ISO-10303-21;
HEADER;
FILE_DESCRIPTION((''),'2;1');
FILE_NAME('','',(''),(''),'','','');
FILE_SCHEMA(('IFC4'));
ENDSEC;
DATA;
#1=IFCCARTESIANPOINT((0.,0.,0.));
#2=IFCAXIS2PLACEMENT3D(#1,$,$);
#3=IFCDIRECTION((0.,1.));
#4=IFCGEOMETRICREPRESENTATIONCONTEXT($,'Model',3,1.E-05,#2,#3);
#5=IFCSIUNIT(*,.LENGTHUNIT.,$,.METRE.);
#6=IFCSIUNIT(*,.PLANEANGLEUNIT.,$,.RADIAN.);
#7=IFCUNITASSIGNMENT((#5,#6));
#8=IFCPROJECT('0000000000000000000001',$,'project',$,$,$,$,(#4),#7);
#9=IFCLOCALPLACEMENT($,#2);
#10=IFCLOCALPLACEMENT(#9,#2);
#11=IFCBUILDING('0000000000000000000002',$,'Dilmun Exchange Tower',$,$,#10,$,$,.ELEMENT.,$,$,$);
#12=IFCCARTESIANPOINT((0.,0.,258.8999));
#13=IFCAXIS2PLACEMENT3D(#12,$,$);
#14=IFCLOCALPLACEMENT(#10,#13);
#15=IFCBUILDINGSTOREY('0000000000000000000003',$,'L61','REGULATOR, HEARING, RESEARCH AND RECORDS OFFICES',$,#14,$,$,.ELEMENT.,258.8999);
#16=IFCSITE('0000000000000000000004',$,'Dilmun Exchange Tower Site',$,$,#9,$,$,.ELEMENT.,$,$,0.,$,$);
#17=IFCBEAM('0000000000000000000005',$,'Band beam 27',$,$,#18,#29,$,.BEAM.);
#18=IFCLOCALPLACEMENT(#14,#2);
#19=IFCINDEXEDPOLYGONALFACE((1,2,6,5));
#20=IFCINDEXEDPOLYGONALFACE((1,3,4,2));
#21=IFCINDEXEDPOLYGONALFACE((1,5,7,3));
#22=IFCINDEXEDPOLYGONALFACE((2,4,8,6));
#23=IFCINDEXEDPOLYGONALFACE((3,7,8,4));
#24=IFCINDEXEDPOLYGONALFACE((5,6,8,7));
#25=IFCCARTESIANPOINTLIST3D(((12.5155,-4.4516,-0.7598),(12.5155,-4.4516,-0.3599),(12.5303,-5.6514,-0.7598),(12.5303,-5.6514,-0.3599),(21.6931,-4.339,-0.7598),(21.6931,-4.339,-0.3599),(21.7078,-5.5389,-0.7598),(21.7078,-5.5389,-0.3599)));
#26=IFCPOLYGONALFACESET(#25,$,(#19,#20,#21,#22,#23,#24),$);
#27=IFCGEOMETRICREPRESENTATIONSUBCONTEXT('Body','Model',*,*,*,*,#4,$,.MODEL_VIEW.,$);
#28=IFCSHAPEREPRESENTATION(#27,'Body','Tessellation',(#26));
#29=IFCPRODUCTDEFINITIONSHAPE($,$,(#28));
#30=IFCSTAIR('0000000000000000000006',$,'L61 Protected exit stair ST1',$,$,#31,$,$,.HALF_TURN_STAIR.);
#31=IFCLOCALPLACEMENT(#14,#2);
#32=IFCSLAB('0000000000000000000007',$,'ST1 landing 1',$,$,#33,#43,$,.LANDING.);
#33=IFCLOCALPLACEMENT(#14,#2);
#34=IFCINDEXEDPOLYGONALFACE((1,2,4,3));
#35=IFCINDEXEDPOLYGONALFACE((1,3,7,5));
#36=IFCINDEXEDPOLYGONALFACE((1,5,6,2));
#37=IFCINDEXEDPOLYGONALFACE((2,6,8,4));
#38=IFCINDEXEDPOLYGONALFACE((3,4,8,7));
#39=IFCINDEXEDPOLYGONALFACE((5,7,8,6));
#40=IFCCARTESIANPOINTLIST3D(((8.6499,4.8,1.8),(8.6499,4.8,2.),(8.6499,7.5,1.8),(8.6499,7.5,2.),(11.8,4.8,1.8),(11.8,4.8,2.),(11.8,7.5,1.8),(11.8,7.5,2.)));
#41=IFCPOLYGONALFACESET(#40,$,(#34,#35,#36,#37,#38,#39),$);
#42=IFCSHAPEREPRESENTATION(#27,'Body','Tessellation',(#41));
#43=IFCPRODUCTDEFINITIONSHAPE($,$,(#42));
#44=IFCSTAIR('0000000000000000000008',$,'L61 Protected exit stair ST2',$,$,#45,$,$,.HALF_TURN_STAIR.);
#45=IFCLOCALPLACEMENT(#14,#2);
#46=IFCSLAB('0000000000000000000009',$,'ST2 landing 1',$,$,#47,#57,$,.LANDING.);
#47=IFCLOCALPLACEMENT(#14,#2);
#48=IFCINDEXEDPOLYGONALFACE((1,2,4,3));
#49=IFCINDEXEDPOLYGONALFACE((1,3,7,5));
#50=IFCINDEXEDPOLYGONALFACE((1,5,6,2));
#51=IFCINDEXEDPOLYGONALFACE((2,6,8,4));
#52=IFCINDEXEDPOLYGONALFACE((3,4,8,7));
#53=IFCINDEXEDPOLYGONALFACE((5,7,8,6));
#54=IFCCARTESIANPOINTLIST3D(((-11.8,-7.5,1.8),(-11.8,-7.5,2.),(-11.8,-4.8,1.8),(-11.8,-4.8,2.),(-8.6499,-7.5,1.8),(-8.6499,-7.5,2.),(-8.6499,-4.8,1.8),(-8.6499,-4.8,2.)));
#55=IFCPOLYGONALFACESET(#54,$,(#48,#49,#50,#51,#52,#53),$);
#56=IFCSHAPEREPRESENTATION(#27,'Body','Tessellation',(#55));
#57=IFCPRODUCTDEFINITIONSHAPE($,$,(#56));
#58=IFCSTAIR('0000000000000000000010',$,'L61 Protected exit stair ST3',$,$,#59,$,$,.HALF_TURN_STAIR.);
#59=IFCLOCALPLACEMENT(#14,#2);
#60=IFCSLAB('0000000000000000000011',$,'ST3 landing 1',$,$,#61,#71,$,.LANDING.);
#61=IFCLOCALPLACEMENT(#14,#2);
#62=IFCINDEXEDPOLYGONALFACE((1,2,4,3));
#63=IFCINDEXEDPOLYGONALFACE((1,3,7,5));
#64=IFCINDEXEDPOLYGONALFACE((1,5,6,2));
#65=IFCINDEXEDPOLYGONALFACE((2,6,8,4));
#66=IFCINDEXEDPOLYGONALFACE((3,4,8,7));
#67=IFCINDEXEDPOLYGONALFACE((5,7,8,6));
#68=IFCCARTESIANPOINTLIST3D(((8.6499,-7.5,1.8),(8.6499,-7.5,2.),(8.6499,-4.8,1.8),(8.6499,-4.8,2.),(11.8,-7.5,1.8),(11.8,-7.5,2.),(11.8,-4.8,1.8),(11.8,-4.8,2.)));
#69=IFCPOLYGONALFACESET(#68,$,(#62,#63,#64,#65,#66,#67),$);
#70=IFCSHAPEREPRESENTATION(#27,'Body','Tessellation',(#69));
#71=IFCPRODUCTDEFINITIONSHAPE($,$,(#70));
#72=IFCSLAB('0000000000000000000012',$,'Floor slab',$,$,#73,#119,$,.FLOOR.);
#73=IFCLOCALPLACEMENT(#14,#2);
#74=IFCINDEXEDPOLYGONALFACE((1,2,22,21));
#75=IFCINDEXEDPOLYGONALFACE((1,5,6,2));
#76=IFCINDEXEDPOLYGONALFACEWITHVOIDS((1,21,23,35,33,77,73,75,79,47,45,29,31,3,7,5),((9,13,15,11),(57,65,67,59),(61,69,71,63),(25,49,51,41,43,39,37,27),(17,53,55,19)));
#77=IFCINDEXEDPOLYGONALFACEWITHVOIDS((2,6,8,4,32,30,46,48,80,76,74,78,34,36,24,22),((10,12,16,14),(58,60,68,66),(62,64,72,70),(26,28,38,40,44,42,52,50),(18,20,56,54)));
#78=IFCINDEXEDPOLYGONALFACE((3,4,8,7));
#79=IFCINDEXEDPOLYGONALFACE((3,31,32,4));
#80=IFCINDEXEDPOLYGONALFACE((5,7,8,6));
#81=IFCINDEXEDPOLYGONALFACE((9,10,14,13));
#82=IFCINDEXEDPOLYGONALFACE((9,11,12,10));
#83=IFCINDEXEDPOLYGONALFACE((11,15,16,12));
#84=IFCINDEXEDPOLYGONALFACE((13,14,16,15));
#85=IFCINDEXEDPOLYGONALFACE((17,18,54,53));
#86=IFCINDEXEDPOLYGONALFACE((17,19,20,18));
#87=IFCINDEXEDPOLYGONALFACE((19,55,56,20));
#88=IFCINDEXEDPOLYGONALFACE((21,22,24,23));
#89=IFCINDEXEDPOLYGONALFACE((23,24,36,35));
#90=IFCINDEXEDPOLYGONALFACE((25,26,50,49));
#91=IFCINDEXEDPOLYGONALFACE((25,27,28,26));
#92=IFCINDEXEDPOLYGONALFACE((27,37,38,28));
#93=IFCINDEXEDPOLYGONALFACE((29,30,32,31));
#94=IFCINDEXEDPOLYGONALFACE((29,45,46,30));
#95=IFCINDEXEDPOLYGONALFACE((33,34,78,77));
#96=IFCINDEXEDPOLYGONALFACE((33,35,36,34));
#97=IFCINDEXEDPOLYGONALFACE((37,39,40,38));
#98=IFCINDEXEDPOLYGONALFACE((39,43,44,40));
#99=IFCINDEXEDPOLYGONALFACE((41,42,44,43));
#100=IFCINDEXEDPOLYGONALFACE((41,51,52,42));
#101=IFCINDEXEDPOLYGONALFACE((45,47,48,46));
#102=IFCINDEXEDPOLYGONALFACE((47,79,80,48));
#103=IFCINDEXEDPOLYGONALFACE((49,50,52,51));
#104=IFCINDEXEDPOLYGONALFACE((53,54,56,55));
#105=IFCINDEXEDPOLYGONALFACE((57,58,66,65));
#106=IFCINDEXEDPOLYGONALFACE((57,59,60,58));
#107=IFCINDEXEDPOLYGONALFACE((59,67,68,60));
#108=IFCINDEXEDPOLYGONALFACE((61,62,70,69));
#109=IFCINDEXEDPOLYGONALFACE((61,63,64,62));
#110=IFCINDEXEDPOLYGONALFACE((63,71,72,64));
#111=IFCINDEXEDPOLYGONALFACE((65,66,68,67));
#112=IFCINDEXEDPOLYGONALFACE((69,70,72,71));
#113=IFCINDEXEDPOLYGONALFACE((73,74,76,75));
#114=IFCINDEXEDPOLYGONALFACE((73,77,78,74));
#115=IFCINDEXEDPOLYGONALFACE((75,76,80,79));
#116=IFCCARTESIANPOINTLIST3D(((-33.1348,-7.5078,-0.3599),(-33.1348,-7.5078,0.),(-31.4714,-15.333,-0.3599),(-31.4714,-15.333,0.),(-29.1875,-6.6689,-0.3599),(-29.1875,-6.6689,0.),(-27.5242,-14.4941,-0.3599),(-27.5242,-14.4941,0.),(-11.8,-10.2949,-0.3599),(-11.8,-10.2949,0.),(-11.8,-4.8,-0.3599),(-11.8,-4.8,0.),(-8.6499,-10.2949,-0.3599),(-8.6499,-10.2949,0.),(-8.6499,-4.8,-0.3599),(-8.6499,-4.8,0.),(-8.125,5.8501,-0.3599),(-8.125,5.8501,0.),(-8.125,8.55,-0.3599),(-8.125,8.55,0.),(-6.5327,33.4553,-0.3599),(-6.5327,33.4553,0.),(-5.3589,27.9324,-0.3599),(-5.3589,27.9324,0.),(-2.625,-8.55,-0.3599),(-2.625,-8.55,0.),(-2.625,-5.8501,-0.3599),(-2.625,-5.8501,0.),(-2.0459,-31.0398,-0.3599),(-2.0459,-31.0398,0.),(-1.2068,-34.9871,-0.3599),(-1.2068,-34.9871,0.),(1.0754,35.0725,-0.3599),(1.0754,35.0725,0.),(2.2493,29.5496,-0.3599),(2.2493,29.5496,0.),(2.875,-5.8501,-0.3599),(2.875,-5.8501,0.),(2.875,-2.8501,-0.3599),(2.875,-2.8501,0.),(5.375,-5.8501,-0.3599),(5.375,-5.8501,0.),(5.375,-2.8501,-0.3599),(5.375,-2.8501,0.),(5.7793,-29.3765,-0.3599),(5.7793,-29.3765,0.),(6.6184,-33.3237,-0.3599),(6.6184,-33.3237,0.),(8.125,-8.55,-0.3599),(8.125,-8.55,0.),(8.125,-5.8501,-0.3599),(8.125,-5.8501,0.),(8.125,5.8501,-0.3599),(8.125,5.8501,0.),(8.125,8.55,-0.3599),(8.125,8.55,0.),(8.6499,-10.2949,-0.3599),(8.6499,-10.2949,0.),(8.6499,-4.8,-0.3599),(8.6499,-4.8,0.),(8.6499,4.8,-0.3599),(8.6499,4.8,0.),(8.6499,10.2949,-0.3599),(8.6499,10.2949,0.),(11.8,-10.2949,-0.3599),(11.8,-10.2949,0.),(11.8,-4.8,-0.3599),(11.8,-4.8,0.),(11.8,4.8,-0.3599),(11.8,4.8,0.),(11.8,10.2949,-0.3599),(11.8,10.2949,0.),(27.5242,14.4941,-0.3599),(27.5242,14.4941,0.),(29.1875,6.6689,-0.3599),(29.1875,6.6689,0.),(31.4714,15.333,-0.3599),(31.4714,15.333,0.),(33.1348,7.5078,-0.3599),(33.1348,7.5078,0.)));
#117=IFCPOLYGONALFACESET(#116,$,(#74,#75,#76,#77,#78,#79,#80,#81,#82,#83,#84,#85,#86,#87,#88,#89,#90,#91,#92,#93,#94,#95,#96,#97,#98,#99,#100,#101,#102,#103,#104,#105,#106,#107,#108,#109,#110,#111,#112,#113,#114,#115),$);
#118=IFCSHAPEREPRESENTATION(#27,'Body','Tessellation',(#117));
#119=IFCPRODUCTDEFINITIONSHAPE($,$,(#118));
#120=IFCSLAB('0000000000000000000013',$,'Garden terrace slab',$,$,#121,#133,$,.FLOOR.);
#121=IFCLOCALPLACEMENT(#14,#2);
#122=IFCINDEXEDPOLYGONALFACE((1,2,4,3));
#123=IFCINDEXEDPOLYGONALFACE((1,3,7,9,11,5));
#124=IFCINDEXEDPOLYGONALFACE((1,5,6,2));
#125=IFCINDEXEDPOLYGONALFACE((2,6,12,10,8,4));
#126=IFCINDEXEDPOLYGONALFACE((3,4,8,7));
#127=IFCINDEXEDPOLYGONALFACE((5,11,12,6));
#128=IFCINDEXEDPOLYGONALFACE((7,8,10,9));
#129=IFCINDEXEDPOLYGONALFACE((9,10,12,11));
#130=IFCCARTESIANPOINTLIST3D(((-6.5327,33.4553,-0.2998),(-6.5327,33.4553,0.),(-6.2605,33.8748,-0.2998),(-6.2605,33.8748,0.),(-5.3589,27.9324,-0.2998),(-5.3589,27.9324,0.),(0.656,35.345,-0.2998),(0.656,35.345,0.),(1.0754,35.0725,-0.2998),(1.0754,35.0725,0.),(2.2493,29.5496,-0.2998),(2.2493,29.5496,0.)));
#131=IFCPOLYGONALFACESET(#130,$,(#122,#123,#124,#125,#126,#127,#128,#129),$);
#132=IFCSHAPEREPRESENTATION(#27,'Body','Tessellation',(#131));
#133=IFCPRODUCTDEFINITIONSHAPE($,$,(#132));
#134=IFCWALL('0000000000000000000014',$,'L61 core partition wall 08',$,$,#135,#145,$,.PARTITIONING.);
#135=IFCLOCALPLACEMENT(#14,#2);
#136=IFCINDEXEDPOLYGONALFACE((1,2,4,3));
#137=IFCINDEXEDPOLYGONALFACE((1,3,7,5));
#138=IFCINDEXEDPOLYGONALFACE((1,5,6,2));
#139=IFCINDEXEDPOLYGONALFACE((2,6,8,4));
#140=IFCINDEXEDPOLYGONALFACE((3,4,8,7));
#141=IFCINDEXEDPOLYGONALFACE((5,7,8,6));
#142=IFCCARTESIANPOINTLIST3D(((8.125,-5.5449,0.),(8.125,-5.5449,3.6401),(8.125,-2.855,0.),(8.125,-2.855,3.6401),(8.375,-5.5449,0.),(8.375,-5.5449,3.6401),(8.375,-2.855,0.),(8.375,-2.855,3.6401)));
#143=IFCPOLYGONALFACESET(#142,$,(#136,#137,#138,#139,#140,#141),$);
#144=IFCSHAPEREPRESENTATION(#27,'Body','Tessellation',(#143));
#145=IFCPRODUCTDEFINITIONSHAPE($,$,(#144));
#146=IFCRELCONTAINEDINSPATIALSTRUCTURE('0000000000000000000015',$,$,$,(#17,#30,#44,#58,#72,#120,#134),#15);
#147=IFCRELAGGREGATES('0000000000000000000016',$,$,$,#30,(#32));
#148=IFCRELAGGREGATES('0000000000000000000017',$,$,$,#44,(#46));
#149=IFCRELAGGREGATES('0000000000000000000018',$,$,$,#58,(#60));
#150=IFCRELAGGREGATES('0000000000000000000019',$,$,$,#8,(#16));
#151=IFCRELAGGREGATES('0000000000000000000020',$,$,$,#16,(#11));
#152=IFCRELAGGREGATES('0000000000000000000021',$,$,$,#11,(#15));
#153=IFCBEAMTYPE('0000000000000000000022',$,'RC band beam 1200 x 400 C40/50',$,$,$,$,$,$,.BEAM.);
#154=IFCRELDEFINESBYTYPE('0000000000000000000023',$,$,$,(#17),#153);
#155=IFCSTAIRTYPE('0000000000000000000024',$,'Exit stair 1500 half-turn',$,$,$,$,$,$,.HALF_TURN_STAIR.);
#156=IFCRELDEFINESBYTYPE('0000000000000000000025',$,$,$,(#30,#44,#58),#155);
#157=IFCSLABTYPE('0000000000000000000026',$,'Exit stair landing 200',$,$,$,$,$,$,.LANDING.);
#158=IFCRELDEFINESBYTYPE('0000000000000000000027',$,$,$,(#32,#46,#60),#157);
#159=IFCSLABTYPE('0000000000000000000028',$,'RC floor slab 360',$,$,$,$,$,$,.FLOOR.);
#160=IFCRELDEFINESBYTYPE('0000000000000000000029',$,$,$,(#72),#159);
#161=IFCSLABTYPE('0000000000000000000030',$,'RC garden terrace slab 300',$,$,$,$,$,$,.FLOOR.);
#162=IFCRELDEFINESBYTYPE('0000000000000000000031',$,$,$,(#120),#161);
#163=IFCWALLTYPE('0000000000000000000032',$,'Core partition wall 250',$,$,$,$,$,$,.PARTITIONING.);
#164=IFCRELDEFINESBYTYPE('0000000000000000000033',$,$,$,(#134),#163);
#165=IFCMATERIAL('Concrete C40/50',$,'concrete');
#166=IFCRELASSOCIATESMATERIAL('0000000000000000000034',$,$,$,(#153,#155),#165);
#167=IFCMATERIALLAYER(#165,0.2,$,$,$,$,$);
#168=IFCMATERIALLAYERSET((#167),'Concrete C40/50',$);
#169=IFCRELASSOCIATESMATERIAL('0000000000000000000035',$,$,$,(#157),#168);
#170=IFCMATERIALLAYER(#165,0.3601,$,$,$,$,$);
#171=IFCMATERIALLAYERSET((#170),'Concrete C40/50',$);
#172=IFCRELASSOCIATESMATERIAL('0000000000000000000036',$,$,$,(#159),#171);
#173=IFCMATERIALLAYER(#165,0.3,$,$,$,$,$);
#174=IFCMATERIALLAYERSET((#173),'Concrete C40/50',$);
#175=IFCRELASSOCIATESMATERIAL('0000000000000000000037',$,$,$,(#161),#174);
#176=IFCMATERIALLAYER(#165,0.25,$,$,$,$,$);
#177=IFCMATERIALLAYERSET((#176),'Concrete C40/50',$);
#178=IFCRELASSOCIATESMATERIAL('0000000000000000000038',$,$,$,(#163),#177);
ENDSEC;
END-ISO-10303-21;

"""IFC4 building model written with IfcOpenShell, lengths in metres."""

from ifc_helpers import new_model, si_unit, direction, frame, frame_2d, origin, origin_2d, place, context, subcontext, project, spatial, polyline, rectangle, outline, extrude, material, layer, layer_set, material_profile, profile_set, type_object, element, aggregate, save


model = new_model("IFC4")

# Units and contexts
model_context = context("Model", 3, precision=1e-05, world=origin(), true_north=direction((0.0, 1.0)))
body_context = subcontext(model_context, "Body", "Model", "MODEL_VIEW")
ifc_project = project(units=[si_unit("LENGTHUNIT", "METRE"), si_unit("PLANEANGLEUNIT", "RADIAN")], contexts=[model_context])

# Site, building, storey
site_placement = place(None, origin())
site = spatial("IfcSite", under=ifc_project, at=site_placement, Name="Dilmun Exchange Tower Site", CompositionType="ELEMENT", RefElevation=0.0)
building_placement = place(site_placement, origin())
building = spatial("IfcBuilding", under=site, at=building_placement, Name="Dilmun Exchange Tower", CompositionType="ELEMENT")
storey_placement = place(building_placement, frame((0.0, 0.0, 258.8999)))
storey = spatial("IfcBuildingStorey", under=building, at=storey_placement, Name="L61", Description="REGULATOR, HEARING, RESEARCH AND RECORDS OFFICES", CompositionType="ELEMENT", Elevation=258.8999)

# Beam
ifc_material_1 = material(Name="Concrete C40/50", Category="concrete")
ifc_material_profile = material_profile(ifc_material_1, rectangle(XDim=1.2, YDim=0.3999, at=origin_2d()), Name="1200 x 400")
ifc_profile_set = profile_set([ifc_material_profile], Name="Concrete C40/50")
beam_type = type_object("IfcBeamType", Name="RC band beam 1200 x 400 C40/50", PredefinedType="BEAM", material=ifc_profile_set)
beam_placement = place(storey_placement, frame((21.7004, -4.939, -0.5598), z_axis=(-0.999925, -0.012263, 0.0), x_axis=(0.012263, -0.999925, 0.0)))
element("IfcBeam", 1, at=beam_placement, inside=storey, type_object=beam_type, Name="Band beam 27", PredefinedType="BEAM", context=body_context, shape_type="SweptSolid", body=[
    extrude(rectangle(XDim=1.2, YDim=0.3999, at=origin_2d()), origin(), (0.0, 0.0, 1.0), 9.1782),
])

# Stairs, slabs
stair_type = type_object("IfcStairType", Name="Exit stair 1500 half-turn", PredefinedType="HALF_TURN_STAIR", material=ifc_material_1)
stair_1_placement = place(storey_placement, origin())
stair_1 = element("IfcStair", 2, at=stair_1_placement, inside=storey, type_object=stair_type, Name="L61 Protected exit stair ST1", PredefinedType="HALF_TURN_STAIR")
ifc_layer_1 = layer(ifc_material_1, 0.2)
ifc_layer_set_1 = layer_set([ifc_layer_1], Name="Concrete C40/50")
slab_type_1 = type_object("IfcSlabType", Name="Exit stair landing 200", PredefinedType="LANDING", material=ifc_layer_set_1)
slab_1_placement = place(storey_placement, frame((0.0, 0.0, 1.8)))
slab_1 = element("IfcSlab", 3, at=slab_1_placement, type_object=slab_type_1, Name="ST1 landing 1", PredefinedType="LANDING", context=body_context, shape_type="SweptSolid", body=[
    extrude(outline(polyline([(8.6499, 7.5), (8.6499, 4.8), (11.8, 4.8), (11.8, 7.5), (8.6499, 7.5)])), origin(), (0.0, 0.0, 1.0), 0.2),
])
aggregate(stair_1, [slab_1])
stair_2_placement = place(storey_placement, origin())
stair_2 = element("IfcStair", 4, at=stair_2_placement, inside=storey, type_object=stair_type, Name="L61 Protected exit stair ST2", PredefinedType="HALF_TURN_STAIR")
slab_2_placement = place(storey_placement, frame((0.0, 0.0, 1.8)))
slab_2 = element("IfcSlab", 5, at=slab_2_placement, type_object=slab_type_1, Name="ST2 landing 1", PredefinedType="LANDING", context=body_context, shape_type="SweptSolid", body=[
    extrude(outline(polyline([(-8.6499, -7.5), (-8.6499, -4.8), (-11.8, -4.8), (-11.8, -7.5), (-8.6499, -7.5)])), origin(), (0.0, 0.0, 1.0), 0.2),
])
aggregate(stair_2, [slab_2])
stair_3_placement = place(storey_placement, origin())
stair_3 = element("IfcStair", 6, at=stair_3_placement, inside=storey, type_object=stair_type, Name="L61 Protected exit stair ST3", PredefinedType="HALF_TURN_STAIR")
slab_3_placement = place(storey_placement, frame((0.0, 0.0, 1.8)))
slab_3 = element("IfcSlab", 7, at=slab_3_placement, type_object=slab_type_1, Name="ST3 landing 1", PredefinedType="LANDING", context=body_context, shape_type="SweptSolid", body=[
    extrude(outline(polyline([(11.8, -7.5), (11.8, -4.8), (8.6499, -4.8), (8.6499, -7.5), (11.8, -7.5)])), origin(), (0.0, 0.0, 1.0), 0.2),
])

# Slabs
ifc_layer_2 = layer(ifc_material_1, 0.3601)
ifc_layer_set_2 = layer_set([ifc_layer_2], Name="Concrete C40/50")
slab_type_2 = type_object("IfcSlabType", Name="RC floor slab 360", PredefinedType="FLOOR", material=ifc_layer_set_2)
slab_4_placement = place(storey_placement, frame((0.0, 0.0, -0.3599)))
element("IfcSlab", 8, at=slab_4_placement, inside=storey, type_object=slab_type_2, Name="Floor slab", PredefinedType="FLOOR", context=body_context, shape_type="SweptSolid", body=[
    extrude(outline(polyline([(27.5242, 14.4941), (29.1875, 6.6689), (33.1348, 7.5078), (6.6184, -33.3237), (5.7793, -29.3765), (-2.0459, -31.0398), (-1.2068, -34.9871), (-31.4714, -15.333), (-27.5242, -14.4941), (-29.1875, -6.6689), (-33.1348, -7.5078), (-6.5327, 33.4553), (-5.3589, 27.9324), (2.2493, 29.5496), (1.0754, 35.0725), (31.4714, 15.333), (27.5242, 14.4941)]), holes=[polyline([(-8.6499, -4.8), (-11.8, -4.8), (-11.8, -10.2949), (-8.6499, -10.2949), (-8.6499, -4.8)]), polyline([(11.8, -4.8), (8.6499, -4.8), (8.6499, -10.2949), (11.8, -10.2949), (11.8, -4.8)]), polyline([(2.875, -5.8501), (-2.625, -5.8501), (-2.625, -8.55), (8.125, -8.55), (8.125, -5.8501), (5.375, -5.8501), (5.375, -2.8501), (2.875, -2.8501), (2.875, -5.8501)]), polyline([(8.125, 5.8501), (8.125, 8.55), (-8.125, 8.55), (-8.125, 5.8501), (8.125, 5.8501)]), polyline([(8.6499, 10.2949), (8.6499, 4.8), (11.8, 4.8), (11.8, 10.2949), (8.6499, 10.2949)])]), origin(), (0.0, 0.0, 1.0), 0.3599),
])
ifc_layer_3 = layer(ifc_material_1, 0.3)
ifc_layer_set_3 = layer_set([ifc_layer_3], Name="Concrete C40/50")
slab_type_3 = type_object("IfcSlabType", Name="RC garden terrace slab 300", PredefinedType="FLOOR", material=ifc_layer_set_3)
slab_5_placement = place(storey_placement, frame((0.0, 0.0, -0.2998)))
element("IfcSlab", 9, at=slab_5_placement, inside=storey, type_object=slab_type_3, Name="Garden terrace slab", PredefinedType="FLOOR", context=body_context, shape_type="SweptSolid", body=[
    extrude(outline(polyline([(-5.3589, 27.9324), (-6.5327, 33.4553), (-6.2605, 33.8748), (0.656, 35.345), (1.0754, 35.0725), (2.2493, 29.5496), (-5.3589, 27.9324)])), origin(), (0.0, 0.0, 1.0), 0.2998),
])

# Wall
ifc_layer_4 = layer(ifc_material_1, 0.25)
ifc_layer_set_4 = layer_set([ifc_layer_4], Name="Concrete C40/50")
wall_type_1 = type_object("IfcWallType", Name="Core partition wall 250", PredefinedType="PARTITIONING", material=ifc_layer_set_4)
wall_1_placement = place(storey_placement, frame((8.25, -5.5449, 0.0), z_axis=(0.0, 0.0, 1.0), x_axis=(0.0, 1.0, 0.0)))
element("IfcWall", 10, at=wall_1_placement, inside=storey, type_object=wall_type_1, Name="L61 core partition wall 08", PredefinedType="PARTITIONING", context=body_context, shape_type="SweptSolid", body=[
    extrude(rectangle(XDim=2.6899, YDim=0.25, at=frame_2d((1.345, 0.0))), origin(), (0.0, 0.0, 1.0), 3.6401),
])

aggregate(stair_3, [slab_3])

save(model, "model.ifc")
